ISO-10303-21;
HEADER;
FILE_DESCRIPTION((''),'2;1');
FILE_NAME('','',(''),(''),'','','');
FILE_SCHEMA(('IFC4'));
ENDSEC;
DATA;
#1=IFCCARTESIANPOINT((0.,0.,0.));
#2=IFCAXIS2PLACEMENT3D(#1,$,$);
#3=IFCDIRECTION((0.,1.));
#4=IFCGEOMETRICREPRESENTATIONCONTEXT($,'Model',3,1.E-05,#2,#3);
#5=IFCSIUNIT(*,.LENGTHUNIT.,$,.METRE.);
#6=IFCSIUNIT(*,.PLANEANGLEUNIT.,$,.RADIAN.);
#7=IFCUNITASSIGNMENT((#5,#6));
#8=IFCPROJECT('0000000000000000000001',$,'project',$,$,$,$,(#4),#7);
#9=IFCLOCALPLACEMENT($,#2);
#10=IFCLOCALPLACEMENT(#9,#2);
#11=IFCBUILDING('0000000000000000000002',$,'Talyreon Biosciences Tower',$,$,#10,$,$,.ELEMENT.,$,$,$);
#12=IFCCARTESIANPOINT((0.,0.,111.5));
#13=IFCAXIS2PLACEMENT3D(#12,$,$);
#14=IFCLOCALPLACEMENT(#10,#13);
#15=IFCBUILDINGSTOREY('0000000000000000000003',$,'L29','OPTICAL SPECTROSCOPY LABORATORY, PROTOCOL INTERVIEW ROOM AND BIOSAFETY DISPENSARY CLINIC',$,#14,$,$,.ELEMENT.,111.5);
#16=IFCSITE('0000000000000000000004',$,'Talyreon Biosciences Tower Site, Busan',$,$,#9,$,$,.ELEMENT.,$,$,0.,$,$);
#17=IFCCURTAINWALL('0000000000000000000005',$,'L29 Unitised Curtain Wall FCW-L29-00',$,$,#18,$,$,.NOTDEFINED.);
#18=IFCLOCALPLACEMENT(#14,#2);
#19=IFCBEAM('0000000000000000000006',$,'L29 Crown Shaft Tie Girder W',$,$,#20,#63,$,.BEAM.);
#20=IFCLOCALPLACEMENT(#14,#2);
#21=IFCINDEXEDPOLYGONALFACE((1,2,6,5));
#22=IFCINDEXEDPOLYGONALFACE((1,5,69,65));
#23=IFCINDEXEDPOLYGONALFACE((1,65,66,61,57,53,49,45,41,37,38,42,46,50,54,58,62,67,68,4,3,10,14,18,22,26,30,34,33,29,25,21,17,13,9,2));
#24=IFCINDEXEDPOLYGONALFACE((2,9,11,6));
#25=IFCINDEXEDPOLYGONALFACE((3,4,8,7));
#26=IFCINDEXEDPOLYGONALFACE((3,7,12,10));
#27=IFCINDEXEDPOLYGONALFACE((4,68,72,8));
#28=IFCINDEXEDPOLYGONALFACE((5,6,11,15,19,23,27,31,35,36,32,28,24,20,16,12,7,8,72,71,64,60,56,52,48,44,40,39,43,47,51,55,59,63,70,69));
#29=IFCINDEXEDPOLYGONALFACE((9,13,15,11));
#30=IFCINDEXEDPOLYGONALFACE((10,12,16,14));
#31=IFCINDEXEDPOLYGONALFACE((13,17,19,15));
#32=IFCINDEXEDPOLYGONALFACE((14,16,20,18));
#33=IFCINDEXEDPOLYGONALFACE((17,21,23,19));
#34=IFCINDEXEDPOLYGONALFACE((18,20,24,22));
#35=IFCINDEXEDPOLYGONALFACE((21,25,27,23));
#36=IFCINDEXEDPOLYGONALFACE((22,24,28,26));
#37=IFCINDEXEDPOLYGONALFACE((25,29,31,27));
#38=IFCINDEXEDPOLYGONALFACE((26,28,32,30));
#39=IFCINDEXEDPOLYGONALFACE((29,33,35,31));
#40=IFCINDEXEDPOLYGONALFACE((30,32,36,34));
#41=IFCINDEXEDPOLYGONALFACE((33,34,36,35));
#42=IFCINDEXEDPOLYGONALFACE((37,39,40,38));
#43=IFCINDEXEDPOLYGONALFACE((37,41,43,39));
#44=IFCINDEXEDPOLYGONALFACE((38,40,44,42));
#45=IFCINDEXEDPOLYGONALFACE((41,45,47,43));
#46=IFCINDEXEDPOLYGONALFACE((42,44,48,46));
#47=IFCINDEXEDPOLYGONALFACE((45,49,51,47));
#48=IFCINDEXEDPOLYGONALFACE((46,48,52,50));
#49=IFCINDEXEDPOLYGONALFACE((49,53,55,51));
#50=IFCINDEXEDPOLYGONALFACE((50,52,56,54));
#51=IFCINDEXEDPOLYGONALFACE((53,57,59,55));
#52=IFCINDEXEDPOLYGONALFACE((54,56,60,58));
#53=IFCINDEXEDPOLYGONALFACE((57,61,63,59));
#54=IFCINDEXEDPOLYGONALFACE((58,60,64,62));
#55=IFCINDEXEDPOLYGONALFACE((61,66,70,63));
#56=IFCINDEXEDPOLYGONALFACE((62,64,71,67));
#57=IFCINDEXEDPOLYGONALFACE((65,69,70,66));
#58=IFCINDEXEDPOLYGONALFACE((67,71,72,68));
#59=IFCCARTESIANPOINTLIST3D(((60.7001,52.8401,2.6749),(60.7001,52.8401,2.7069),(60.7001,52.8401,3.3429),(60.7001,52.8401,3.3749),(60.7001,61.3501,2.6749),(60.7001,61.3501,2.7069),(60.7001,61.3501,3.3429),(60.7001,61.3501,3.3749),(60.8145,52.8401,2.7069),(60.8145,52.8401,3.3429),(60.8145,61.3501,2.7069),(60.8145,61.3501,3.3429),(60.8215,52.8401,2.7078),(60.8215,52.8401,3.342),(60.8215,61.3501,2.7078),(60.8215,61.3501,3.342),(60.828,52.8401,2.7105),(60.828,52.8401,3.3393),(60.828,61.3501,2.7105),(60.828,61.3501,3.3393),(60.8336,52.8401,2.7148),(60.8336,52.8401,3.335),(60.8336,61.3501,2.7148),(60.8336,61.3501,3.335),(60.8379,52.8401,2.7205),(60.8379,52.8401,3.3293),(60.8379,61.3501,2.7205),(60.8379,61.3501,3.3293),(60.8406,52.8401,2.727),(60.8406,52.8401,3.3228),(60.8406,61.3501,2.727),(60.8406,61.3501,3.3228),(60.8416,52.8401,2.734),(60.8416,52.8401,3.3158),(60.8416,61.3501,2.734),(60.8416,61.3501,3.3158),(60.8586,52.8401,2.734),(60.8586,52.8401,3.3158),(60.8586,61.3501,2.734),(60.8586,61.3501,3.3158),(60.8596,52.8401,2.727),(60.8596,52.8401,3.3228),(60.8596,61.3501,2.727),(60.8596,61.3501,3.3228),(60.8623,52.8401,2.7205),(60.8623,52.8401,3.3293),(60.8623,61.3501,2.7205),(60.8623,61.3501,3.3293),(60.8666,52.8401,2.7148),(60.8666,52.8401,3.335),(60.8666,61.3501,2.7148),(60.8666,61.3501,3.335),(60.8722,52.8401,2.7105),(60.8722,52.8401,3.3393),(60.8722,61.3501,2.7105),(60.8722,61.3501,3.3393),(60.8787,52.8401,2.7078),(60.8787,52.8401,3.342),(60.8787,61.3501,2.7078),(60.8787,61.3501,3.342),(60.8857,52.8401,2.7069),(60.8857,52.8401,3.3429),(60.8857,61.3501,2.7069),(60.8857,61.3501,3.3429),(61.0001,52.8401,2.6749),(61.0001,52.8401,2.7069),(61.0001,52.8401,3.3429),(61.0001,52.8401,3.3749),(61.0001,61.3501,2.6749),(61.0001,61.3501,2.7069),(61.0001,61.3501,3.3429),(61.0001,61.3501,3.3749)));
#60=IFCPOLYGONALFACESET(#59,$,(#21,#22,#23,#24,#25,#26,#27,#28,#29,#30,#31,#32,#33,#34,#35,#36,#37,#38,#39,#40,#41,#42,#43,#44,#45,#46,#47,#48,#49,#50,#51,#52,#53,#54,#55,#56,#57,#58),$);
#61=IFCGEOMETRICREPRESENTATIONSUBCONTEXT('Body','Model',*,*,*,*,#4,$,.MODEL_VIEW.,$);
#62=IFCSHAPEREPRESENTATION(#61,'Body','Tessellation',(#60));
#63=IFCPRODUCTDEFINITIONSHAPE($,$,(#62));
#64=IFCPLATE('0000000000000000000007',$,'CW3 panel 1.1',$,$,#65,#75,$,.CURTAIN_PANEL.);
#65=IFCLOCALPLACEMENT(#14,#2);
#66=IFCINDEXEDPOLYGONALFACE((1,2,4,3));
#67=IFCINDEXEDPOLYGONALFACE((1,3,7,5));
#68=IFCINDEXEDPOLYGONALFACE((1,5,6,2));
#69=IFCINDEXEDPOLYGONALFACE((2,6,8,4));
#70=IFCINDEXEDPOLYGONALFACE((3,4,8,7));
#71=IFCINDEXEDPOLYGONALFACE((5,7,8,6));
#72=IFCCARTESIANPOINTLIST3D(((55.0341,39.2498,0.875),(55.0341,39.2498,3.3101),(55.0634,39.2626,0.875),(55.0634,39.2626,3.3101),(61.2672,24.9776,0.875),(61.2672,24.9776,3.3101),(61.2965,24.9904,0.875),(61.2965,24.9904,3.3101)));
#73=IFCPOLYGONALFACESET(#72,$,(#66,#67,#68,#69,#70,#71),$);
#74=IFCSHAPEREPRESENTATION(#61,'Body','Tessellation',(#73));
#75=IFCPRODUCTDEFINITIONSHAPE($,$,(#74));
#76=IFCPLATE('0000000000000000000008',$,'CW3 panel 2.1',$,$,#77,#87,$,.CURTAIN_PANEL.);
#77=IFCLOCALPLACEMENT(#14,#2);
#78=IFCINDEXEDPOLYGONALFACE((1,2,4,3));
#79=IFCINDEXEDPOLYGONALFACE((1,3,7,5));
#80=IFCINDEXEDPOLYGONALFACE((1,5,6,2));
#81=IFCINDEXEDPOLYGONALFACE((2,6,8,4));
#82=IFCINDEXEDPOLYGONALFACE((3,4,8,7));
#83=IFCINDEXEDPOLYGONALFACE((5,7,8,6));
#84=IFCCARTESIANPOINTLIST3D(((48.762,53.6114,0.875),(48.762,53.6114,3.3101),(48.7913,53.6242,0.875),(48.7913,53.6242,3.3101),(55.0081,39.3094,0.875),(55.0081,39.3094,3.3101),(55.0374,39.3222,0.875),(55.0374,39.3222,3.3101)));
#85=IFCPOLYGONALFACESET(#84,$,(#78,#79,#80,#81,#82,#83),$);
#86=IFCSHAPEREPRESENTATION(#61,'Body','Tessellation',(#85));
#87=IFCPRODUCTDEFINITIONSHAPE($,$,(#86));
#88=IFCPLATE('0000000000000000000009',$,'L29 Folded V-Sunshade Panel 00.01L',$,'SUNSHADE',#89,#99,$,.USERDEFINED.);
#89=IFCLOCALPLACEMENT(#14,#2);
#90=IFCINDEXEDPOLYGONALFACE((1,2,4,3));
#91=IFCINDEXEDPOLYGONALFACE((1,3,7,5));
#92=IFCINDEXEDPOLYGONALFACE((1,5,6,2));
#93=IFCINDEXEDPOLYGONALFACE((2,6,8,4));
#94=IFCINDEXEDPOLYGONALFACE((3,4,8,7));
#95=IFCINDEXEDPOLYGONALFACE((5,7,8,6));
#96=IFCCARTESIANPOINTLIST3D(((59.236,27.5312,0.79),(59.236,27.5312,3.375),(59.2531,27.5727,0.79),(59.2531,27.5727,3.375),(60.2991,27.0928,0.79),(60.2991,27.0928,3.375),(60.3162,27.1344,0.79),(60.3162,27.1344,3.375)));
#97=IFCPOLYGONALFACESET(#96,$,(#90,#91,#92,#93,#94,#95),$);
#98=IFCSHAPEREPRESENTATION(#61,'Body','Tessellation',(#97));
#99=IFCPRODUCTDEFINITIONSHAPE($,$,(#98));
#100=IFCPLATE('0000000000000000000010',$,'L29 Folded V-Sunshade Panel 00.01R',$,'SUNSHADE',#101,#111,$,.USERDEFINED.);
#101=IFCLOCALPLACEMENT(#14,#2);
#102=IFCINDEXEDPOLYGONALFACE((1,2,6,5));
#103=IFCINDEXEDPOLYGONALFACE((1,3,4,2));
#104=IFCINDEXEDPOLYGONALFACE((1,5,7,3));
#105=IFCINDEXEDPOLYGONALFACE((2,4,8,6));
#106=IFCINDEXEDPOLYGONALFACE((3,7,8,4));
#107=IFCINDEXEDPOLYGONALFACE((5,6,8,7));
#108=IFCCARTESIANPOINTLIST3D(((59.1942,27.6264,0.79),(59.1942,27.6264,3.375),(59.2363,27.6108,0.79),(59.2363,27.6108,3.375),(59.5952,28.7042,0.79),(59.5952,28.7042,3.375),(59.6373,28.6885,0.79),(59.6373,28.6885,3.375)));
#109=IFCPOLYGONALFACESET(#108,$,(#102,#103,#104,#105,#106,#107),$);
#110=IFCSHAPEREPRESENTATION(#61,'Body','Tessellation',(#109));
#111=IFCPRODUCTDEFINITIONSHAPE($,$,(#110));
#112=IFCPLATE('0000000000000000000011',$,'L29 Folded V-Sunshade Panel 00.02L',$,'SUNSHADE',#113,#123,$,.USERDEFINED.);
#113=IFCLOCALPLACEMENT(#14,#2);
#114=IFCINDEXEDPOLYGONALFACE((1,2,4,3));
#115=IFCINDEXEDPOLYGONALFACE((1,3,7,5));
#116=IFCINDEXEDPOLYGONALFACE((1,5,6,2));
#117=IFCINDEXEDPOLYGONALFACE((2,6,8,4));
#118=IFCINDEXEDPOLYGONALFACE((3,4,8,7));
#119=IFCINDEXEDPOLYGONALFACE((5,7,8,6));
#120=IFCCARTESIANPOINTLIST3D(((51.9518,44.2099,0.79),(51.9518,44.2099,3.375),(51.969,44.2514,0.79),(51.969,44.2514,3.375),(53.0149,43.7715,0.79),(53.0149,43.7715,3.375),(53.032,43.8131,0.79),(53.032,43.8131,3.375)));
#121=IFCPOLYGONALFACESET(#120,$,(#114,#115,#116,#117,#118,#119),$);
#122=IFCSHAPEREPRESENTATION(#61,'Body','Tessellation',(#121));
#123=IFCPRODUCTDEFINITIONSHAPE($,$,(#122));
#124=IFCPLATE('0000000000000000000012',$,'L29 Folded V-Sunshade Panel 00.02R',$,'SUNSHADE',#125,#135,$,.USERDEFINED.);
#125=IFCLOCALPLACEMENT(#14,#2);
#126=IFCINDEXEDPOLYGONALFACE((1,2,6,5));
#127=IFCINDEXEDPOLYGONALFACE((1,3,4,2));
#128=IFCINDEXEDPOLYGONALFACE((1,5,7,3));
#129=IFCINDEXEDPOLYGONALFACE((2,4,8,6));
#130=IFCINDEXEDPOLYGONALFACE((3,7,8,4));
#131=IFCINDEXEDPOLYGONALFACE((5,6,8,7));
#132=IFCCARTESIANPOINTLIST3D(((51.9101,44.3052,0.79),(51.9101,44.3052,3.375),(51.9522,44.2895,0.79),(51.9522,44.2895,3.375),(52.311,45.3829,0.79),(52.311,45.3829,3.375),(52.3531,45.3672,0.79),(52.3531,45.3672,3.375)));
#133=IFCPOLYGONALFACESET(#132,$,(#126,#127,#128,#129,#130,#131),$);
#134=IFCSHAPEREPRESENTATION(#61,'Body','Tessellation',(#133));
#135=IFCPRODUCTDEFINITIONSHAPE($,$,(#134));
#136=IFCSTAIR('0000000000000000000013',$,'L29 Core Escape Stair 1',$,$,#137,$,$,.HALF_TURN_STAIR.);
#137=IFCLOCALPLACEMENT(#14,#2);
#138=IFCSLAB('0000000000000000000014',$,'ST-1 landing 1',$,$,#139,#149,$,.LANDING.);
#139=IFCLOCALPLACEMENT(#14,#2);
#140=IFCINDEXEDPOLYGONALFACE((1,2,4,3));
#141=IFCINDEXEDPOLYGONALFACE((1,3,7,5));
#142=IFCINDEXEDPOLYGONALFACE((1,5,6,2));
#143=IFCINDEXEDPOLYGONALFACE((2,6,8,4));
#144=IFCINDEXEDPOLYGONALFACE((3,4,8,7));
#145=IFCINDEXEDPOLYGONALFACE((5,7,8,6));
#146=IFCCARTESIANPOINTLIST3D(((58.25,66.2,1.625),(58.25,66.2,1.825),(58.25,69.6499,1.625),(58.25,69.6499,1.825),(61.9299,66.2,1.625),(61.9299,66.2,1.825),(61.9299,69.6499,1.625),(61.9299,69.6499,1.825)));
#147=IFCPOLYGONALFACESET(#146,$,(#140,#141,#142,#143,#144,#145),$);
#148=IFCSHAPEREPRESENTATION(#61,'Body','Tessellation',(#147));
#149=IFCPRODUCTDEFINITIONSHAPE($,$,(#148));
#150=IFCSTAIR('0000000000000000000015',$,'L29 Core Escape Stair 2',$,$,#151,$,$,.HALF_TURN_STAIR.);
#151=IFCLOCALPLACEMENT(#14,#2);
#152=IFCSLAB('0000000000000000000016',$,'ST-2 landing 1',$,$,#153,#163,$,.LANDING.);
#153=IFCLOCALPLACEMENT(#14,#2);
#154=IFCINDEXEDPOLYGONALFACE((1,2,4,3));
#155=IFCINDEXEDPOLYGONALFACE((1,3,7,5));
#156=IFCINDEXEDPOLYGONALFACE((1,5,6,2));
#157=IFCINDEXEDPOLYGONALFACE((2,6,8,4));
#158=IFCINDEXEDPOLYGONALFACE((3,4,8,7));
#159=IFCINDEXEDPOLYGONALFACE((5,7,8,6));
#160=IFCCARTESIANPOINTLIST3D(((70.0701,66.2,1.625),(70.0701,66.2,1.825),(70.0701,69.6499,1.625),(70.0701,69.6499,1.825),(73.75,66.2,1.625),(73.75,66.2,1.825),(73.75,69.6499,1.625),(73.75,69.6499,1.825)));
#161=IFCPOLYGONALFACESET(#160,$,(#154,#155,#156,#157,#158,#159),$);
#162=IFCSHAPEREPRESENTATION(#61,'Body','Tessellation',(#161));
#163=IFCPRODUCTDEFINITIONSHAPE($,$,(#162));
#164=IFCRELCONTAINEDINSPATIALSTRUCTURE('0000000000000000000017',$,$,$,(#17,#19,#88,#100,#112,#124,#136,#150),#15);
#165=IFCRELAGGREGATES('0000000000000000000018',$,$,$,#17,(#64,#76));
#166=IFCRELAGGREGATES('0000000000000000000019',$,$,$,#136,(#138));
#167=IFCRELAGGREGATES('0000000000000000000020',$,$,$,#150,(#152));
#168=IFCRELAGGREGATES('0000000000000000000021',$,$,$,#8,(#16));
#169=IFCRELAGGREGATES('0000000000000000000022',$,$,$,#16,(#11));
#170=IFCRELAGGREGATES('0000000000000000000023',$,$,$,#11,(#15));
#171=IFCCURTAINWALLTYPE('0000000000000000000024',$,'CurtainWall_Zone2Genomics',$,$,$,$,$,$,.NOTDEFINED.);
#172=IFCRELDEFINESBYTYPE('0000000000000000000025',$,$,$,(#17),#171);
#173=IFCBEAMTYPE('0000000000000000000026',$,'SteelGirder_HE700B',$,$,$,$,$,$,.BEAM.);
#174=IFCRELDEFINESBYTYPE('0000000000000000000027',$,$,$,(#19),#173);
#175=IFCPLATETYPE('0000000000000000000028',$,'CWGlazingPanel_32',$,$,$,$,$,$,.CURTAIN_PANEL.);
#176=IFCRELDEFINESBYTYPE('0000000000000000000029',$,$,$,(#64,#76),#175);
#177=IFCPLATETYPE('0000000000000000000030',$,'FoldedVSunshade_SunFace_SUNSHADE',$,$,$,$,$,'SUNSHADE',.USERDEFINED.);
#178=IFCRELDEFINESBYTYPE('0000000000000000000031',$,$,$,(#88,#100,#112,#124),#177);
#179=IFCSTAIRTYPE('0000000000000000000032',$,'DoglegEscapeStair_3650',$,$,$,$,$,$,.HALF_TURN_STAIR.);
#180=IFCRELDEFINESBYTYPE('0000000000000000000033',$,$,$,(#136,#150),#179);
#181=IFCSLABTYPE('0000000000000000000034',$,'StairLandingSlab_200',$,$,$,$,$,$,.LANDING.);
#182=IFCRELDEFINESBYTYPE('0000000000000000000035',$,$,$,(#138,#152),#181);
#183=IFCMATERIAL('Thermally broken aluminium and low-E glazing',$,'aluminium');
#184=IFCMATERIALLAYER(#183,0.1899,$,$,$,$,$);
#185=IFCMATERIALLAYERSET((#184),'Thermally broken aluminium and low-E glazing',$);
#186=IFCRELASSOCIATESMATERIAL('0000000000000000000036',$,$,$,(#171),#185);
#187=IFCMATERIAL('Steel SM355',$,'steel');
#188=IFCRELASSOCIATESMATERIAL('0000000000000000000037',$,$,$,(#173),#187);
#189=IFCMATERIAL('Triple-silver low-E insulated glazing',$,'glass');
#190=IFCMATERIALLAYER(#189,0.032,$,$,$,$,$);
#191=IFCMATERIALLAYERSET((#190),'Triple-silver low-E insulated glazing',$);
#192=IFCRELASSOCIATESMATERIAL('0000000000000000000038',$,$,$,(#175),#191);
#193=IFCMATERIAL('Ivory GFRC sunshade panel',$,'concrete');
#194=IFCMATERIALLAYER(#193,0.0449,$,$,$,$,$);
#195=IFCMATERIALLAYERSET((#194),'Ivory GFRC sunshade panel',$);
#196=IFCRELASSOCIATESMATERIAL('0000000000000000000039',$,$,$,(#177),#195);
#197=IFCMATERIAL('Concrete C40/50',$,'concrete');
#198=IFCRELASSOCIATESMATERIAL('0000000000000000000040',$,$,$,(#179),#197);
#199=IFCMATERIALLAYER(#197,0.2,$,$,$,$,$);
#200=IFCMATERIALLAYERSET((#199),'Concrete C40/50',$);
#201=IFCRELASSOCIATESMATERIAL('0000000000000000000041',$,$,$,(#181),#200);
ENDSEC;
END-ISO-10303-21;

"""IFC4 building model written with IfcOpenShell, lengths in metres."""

from ifc_helpers import new_model, si_unit, direction, frame, origin, origin_2d, place, context, subcontext, project, spatial, polyline, rectangle, i_section, outline, extrude, material, layer, layer_set, material_profile, profile_set, type_object, element, aggregate, save


model = new_model("IFC4")

# Units and contexts
model_context = context("Model", 3, precision=1e-05, world=origin(), true_north=direction((0.0, 1.0)))
body_context = subcontext(model_context, "Body", "Model", "MODEL_VIEW")
ifc_project = project(units=[si_unit("LENGTHUNIT", "METRE"), si_unit("PLANEANGLEUNIT", "RADIAN")], contexts=[model_context])

# Site, building, storey
site_placement = place(None, origin())
site = spatial("IfcSite", under=ifc_project, at=site_placement, Name="Talyreon Biosciences Tower Site, Busan", CompositionType="ELEMENT", RefElevation=0.0)
building_placement = place(site_placement, origin())
building = spatial("IfcBuilding", under=site, at=building_placement, Name="Talyreon Biosciences Tower", CompositionType="ELEMENT")
storey_placement = place(building_placement, frame((0.0, 0.0, 111.5)))
storey = spatial("IfcBuildingStorey", under=building, at=storey_placement, Name="L29", Description="OPTICAL SPECTROSCOPY LABORATORY, PROTOCOL INTERVIEW ROOM AND BIOSAFETY DISPENSARY CLINIC", CompositionType="ELEMENT", Elevation=111.5)

# Curtain wall
ifc_material_1 = material(Name="Thermally broken aluminium and low-E glazing", Category="aluminium")
ifc_layer_1 = layer(ifc_material_1, 0.1899)
ifc_layer_set_1 = layer_set([ifc_layer_1], Name="Thermally broken aluminium and low-E glazing")
curtain_wall_type = type_object("IfcCurtainWallType", Name="CurtainWall_Zone2Genomics", PredefinedType="NOTDEFINED", material=ifc_layer_set_1)
curtain_wall_placement = place(storey_placement, origin())
curtain_wall = element("IfcCurtainWall", 1, at=curtain_wall_placement, inside=storey, type_object=curtain_wall_type, Name="L29 Unitised Curtain Wall FCW-L29-00", PredefinedType="NOTDEFINED")

# Beam
ifc_material_2 = material(Name="Steel SM355", Category="steel")
ifc_material_profile_1 = material_profile(ifc_material_2, i_section(OverallWidth=0.3, OverallDepth=0.7, WebThickness=0.0171, FlangeThickness=0.032, FilletRadius=0.0271, at=origin_2d()), Name="HE700B")
ifc_profile_set_1 = profile_set([ifc_material_profile_1], Name="Steel SM355")
beam_type_1 = type_object("IfcBeamType", Name="SteelGirder_HE700B", PredefinedType="BEAM", material=ifc_profile_set_1)
beam_1_placement = place(storey_placement, frame((60.8501, 52.8401, 3.0249), z_axis=(0.0, 1.0, 0.0), x_axis=(-1.0, 0.0, 0.0)))
element("IfcBeam", 2, at=beam_1_placement, inside=storey, type_object=beam_type_1, Name="L29 Crown Shaft Tie Girder W", PredefinedType="BEAM", context=body_context, shape_type="SweptSolid", body=[
    extrude(i_section(OverallWidth=0.3, OverallDepth=0.7, WebThickness=0.0171, FlangeThickness=0.032, FilletRadius=0.0271, at=origin_2d()), origin(), (0.0, 0.0, 1.0), 8.51),
])

# Plates
ifc_material_3 = material(Name="Triple-silver low-E insulated glazing", Category="glass")
ifc_layer_2 = layer(ifc_material_3, 0.032)
ifc_layer_set_2 = layer_set([ifc_layer_2], Name="Triple-silver low-E insulated glazing")
plate_type_1 = type_object("IfcPlateType", Name="CWGlazingPanel_32", PredefinedType="CURTAIN_PANEL", material=ifc_layer_set_2)
plate_1_placement = place(storey_placement, frame((58.1653, 32.1201, 0.875), z_axis=(0.0, 0.0, 1.0), x_axis=(-0.400226, 0.916416, 0.0)))
plate_1 = element("IfcPlate", 3, at=plate_1_placement, type_object=plate_type_1, Name="CW3 panel 1.1", PredefinedType="CURTAIN_PANEL", context=body_context, shape_type="SweptSolid", body=[
    extrude(rectangle(XDim=15.574, YDim=0.032, at=origin_2d()), origin(), (0.0, 0.0, 1.0), 2.4351),
])
plate_2_placement = place(storey_placement, frame((51.8997, 46.4668, 0.875), z_axis=(0.0, 0.0, 1.0), x_axis=(-0.400226, 0.916416, 0.0)))
plate_2 = element("IfcPlate", 4, at=plate_2_placement, type_object=plate_type_1, Name="CW3 panel 2.1", PredefinedType="CURTAIN_PANEL", context=body_context, shape_type="SweptSolid", body=[
    extrude(rectangle(XDim=15.6064, YDim=0.032, at=origin_2d()), origin(), (0.0, 0.0, 1.0), 2.4351),
])
aggregate(curtain_wall, [plate_1, plate_2])

# Plates
ifc_material_4 = material(Name="Ivory GFRC sunshade panel", Category="concrete")
ifc_layer_3 = layer(ifc_material_4, 0.0449)
ifc_layer_set_3 = layer_set([ifc_layer_3], Name="Ivory GFRC sunshade panel")
plate_type_2 = type_object("IfcPlateType", Name="FoldedVSunshade_SunFace_SUNSHADE", ElementType="SUNSHADE", PredefinedType="USERDEFINED", material=ifc_layer_set_3)
for number, where, z_axis, x_axis, name in (
    (5, (59.7761, 27.3328, 0.79), (0.0, 0.0, 1.0), (-0.924493, 0.381199, 0.0), "L29 Folded V-Sunshade Panel 00.01L"),
    (6, (59.4158, 28.1575, 0.79), (0.0, 0.0, 1.0), (0.348703, 0.937233, 0.0), "L29 Folded V-Sunshade Panel 00.01R"),
    (7, (52.4919, 44.0115, 0.79), (0.0, 0.0, 1.0), (-0.924493, 0.381199, 0.0), "L29 Folded V-Sunshade Panel 00.02L"),
    (8, (52.1316, 44.8362, 0.79), (0.0, 0.0, 1.0), (0.348703, 0.937233, 0.0), "L29 Folded V-Sunshade Panel 00.02R"),
):
    element("IfcPlate", number, at=place(storey_placement, frame(where, z_axis=z_axis, x_axis=x_axis)), inside=storey, type_object=plate_type_2, Name=name, ObjectType="SUNSHADE", PredefinedType="USERDEFINED", context=body_context, shape_type="SweptSolid", body=[
        extrude(rectangle(XDim=1.1499, YDim=0.0449, at=origin_2d()), origin(), (0.0, 0.0, 1.0), 2.585),
    ])

# Stairs, slabs
ifc_material_5 = material(Name="Concrete C40/50", Category="concrete")
stair_type = type_object("IfcStairType", Name="DoglegEscapeStair_3650", PredefinedType="HALF_TURN_STAIR", material=ifc_material_5)
stair_1_placement = place(storey_placement, origin())
stair_1 = element("IfcStair", 9, at=stair_1_placement, inside=storey, type_object=stair_type, Name="L29 Core Escape Stair 1", PredefinedType="HALF_TURN_STAIR")
ifc_layer_4 = layer(ifc_material_5, 0.2)
ifc_layer_set_4 = layer_set([ifc_layer_4], Name="Concrete C40/50")
slab_type_1 = type_object("IfcSlabType", Name="StairLandingSlab_200", PredefinedType="LANDING", material=ifc_layer_set_4)
slab_1_placement = place(storey_placement, frame((0.0, 0.0, 1.625)))
slab_1 = element("IfcSlab", 10, at=slab_1_placement, type_object=slab_type_1, Name="ST-1 landing 1", PredefinedType="LANDING", context=body_context, shape_type="SweptSolid", body=[
    extrude(outline(polyline([(61.9299, 66.2), (61.9299, 69.6499), (58.25, 69.6499), (58.25, 66.2), (61.9299, 66.2)])), origin(), (0.0, 0.0, 1.0), 0.2),
])
aggregate(stair_1, [slab_1])
stair_2_placement = place(storey_placement, origin())
stair_2 = element("IfcStair", 11, at=stair_2_placement, inside=storey, type_object=stair_type, Name="L29 Core Escape Stair 2", PredefinedType="HALF_TURN_STAIR")
slab_2_placement = place(storey_placement, frame((0.0, 0.0, 1.625)))
slab_2 = element("IfcSlab", 12, at=slab_2_placement, type_object=slab_type_1, Name="ST-2 landing 1", PredefinedType="LANDING", context=body_context, shape_type="SweptSolid", body=[
    extrude(outline(polyline([(73.75, 66.2), (73.75, 69.6499), (70.0701, 69.6499), (70.0701, 66.2), (73.75, 66.2)])), origin(), (0.0, 0.0, 1.0), 0.2),
])
aggregate(stair_2, [slab_2])

save(model, "model.ifc")
